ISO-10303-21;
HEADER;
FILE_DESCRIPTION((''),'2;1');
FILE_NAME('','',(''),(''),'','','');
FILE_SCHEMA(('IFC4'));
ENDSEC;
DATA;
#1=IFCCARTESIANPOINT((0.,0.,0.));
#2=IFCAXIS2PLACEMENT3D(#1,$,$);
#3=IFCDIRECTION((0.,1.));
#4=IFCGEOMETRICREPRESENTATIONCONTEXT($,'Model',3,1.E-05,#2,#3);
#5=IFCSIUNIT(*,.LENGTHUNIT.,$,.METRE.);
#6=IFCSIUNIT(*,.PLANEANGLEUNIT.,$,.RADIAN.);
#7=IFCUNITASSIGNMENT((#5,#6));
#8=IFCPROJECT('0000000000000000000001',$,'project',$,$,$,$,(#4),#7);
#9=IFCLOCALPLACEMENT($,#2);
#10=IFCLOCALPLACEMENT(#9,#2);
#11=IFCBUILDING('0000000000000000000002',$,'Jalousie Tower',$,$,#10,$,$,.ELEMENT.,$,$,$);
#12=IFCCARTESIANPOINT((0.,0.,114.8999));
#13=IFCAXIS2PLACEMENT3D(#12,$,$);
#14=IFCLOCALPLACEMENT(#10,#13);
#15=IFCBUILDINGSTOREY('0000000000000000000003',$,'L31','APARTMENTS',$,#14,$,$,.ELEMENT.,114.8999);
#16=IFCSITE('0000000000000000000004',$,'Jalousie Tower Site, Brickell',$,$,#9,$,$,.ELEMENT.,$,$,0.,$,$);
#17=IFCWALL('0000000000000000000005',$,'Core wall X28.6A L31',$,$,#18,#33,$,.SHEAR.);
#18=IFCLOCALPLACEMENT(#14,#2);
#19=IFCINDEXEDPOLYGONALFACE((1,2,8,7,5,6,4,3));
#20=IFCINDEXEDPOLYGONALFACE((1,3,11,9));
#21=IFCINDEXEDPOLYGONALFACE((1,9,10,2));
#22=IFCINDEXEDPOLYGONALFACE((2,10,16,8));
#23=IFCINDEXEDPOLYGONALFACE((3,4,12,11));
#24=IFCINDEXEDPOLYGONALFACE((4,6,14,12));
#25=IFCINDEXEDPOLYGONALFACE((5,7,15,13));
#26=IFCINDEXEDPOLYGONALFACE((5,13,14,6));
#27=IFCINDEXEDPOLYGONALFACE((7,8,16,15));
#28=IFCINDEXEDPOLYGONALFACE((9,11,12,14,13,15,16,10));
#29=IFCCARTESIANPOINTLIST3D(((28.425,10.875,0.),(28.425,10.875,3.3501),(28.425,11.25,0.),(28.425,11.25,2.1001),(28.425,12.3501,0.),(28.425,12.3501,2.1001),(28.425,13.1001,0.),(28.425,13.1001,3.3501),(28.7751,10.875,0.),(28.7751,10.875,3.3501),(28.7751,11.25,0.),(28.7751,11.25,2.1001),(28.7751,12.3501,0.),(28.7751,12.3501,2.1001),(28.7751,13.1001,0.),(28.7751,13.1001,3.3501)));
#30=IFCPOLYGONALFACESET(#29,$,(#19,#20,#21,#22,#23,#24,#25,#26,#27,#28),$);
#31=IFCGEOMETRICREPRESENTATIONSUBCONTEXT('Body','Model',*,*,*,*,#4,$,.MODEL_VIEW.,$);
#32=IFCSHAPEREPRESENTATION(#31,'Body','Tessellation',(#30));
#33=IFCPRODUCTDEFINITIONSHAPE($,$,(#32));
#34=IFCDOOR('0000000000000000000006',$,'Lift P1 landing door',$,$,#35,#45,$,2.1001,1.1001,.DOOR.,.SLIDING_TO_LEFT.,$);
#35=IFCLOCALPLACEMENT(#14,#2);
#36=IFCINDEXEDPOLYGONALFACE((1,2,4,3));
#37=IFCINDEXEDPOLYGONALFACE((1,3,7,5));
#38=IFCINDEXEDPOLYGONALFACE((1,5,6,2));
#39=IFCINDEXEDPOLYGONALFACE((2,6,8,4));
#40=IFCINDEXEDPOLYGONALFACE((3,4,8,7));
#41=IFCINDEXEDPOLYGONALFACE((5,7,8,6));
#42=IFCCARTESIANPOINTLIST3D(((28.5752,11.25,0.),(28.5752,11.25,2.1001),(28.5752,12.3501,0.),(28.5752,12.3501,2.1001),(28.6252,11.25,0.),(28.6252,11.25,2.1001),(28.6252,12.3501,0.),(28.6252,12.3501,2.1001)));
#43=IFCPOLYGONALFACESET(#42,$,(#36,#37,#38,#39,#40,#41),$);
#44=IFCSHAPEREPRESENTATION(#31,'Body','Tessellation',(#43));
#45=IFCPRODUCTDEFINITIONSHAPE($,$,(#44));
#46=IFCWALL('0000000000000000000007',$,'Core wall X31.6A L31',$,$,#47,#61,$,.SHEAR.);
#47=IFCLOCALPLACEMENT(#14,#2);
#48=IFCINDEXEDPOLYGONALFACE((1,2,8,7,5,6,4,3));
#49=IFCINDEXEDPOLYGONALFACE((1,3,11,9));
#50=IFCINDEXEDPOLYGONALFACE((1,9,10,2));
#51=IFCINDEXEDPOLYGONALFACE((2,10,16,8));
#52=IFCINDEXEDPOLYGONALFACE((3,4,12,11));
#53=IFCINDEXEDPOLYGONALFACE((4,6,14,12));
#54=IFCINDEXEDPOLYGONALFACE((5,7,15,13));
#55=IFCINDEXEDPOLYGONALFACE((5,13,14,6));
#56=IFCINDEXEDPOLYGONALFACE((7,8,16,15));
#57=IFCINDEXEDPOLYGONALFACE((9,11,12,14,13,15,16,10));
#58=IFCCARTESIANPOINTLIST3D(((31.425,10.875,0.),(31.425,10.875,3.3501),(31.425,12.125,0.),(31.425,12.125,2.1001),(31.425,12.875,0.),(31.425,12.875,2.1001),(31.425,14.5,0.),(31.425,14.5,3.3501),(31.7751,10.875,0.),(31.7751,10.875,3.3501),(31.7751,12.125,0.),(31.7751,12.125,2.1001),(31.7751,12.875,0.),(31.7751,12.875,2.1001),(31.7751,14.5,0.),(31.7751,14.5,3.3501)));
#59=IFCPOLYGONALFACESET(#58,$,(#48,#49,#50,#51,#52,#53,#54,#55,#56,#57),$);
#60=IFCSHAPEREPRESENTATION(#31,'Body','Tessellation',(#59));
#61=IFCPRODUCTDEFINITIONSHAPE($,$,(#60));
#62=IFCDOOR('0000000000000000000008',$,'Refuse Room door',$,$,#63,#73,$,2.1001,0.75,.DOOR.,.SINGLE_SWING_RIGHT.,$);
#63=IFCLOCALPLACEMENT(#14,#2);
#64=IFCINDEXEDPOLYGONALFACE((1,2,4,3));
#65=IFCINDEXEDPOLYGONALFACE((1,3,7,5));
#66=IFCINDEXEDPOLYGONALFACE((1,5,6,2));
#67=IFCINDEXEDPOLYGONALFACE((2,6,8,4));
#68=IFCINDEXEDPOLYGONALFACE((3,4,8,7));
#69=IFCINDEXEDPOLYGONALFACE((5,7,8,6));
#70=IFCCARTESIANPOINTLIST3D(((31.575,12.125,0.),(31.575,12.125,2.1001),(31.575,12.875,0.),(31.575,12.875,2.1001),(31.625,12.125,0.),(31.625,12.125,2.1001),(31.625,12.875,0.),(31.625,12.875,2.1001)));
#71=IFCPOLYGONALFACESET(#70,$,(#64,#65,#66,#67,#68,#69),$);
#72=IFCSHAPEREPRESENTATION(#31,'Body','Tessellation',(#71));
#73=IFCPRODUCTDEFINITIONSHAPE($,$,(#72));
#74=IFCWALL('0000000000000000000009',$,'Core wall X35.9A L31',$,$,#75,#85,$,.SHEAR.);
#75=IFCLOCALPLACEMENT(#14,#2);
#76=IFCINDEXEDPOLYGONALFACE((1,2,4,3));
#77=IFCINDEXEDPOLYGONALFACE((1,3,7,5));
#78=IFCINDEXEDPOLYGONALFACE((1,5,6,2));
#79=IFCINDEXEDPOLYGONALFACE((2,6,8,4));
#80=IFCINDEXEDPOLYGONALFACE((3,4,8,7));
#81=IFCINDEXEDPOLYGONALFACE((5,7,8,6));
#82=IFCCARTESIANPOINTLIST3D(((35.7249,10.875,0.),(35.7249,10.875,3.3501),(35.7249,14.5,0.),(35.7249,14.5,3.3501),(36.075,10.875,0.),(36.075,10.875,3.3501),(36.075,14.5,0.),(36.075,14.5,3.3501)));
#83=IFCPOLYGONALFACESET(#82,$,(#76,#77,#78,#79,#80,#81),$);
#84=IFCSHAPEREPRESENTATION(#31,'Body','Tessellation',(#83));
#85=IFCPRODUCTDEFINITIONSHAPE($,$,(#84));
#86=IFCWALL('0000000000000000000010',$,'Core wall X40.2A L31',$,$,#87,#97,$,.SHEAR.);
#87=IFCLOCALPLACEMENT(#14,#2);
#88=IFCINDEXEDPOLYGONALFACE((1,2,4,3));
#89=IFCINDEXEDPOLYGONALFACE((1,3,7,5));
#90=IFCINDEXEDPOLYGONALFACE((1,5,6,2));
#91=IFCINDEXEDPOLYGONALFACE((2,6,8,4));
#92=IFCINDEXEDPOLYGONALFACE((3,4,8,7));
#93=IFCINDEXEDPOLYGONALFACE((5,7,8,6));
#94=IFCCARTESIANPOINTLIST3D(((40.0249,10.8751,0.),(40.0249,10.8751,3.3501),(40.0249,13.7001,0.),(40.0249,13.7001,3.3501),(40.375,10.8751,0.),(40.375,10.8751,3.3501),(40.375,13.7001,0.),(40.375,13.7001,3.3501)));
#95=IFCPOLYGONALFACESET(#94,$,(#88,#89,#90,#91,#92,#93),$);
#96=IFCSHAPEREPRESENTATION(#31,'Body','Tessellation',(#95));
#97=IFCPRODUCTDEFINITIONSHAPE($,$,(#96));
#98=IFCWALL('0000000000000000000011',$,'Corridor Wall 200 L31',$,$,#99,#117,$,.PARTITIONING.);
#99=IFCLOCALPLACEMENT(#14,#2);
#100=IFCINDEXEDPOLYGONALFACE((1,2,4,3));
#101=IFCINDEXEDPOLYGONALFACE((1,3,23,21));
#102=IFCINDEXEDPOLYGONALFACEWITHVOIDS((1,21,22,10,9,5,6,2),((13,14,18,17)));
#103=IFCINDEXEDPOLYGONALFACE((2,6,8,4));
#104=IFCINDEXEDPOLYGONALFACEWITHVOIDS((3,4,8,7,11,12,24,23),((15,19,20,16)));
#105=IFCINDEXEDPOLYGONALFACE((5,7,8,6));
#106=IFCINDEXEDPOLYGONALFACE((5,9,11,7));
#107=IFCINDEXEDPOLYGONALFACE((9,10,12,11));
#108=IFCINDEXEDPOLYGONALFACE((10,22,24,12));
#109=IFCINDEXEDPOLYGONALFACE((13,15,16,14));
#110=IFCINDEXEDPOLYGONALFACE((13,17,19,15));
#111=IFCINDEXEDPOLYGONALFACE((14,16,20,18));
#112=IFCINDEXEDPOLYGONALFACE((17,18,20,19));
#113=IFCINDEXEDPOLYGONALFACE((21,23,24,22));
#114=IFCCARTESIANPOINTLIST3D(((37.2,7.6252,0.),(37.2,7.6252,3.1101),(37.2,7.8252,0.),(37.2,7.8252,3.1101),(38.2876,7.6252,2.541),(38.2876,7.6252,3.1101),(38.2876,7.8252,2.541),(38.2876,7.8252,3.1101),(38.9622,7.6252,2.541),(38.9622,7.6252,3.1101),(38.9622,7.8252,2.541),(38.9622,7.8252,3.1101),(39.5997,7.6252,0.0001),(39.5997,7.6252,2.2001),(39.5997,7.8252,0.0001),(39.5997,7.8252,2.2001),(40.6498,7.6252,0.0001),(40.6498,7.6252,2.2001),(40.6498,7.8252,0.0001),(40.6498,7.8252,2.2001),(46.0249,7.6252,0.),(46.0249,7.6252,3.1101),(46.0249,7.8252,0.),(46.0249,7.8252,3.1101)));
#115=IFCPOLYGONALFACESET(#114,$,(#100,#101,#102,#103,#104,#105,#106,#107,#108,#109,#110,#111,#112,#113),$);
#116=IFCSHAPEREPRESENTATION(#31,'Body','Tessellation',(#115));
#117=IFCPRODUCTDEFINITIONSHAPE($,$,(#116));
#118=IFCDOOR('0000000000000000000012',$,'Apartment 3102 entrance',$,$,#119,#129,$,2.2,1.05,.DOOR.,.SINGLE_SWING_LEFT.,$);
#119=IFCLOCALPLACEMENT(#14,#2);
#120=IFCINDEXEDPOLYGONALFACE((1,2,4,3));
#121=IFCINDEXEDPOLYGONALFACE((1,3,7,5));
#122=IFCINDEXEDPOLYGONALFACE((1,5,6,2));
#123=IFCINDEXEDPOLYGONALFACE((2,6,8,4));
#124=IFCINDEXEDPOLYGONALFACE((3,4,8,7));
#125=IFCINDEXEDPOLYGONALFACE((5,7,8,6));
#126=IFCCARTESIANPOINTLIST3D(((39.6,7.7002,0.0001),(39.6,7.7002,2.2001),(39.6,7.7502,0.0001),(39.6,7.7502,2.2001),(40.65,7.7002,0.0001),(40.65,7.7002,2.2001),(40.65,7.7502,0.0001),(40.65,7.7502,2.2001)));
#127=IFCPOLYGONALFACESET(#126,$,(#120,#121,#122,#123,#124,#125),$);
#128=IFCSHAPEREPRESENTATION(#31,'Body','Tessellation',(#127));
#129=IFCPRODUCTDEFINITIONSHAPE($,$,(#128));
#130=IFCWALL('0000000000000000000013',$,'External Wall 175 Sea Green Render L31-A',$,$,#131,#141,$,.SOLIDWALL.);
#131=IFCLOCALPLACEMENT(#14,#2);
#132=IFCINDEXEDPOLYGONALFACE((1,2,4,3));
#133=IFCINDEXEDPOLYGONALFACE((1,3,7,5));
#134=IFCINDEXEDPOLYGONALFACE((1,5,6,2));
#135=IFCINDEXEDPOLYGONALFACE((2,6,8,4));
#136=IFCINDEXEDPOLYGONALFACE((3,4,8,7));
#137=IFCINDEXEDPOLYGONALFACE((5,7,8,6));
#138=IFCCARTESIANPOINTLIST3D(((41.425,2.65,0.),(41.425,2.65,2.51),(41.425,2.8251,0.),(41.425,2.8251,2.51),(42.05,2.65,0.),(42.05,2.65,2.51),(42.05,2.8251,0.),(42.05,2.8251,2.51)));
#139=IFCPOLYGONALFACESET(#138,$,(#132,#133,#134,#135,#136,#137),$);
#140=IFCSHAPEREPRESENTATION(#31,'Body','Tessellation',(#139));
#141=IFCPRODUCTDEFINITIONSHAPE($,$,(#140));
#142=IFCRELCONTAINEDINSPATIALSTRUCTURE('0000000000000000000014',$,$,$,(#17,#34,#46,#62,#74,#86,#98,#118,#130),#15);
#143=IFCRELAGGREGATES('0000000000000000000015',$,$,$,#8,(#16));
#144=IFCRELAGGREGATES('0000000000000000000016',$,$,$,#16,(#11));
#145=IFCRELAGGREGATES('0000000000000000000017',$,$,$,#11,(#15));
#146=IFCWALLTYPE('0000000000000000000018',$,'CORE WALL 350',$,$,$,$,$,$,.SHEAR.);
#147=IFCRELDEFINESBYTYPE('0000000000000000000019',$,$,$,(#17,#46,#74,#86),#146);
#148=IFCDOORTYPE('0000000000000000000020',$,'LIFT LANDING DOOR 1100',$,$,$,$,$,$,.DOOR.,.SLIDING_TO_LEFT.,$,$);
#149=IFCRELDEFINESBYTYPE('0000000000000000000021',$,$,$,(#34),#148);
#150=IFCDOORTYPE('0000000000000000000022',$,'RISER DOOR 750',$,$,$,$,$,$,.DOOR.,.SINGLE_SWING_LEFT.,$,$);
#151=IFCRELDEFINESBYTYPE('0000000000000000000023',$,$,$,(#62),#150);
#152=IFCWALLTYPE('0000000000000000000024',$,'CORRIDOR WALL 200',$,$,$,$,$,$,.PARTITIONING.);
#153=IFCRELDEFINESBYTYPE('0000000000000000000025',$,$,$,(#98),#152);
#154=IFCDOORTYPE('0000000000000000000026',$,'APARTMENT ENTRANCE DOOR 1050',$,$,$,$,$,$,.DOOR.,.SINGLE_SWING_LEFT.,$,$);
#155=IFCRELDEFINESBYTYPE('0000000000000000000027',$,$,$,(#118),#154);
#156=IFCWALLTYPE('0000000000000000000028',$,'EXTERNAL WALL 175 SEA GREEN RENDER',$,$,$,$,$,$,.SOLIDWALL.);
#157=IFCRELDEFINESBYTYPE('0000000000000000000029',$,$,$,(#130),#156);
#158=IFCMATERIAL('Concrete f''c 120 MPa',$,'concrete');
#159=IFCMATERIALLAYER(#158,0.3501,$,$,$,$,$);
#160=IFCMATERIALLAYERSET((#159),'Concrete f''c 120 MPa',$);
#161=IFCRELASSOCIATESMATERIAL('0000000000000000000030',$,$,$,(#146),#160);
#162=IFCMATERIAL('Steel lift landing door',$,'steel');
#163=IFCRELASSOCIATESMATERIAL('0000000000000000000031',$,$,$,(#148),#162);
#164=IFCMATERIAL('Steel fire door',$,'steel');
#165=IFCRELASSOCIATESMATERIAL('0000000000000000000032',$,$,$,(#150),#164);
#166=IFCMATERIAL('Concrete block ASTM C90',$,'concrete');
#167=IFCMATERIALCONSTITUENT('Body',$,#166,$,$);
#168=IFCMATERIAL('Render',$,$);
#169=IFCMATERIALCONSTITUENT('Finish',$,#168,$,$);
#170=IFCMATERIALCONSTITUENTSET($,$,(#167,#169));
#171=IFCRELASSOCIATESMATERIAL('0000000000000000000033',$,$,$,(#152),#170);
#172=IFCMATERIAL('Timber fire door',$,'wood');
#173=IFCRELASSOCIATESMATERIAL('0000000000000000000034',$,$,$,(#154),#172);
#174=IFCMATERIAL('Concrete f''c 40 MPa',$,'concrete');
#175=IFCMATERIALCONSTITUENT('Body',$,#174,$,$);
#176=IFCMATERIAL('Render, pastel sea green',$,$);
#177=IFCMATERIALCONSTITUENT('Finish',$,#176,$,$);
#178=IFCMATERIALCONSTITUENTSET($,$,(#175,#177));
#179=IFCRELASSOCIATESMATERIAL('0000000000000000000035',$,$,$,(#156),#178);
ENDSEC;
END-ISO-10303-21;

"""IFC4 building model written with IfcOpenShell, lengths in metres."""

from ifc_helpers import new_model, si_unit, direction, frame, frame_2d, origin, place, context, subcontext, project, spatial, polyline, rectangle, outline, extrude, material, layer, layer_set, constituent, constituent_set, type_object, element, fill, save


model = new_model("IFC4")

# Units and contexts
model_context = context("Model", 3, precision=1e-05, world=origin(), true_north=direction((0.0, 1.0)))
body_context = subcontext(model_context, "Body", "Model", "MODEL_VIEW")
ifc_project = project(units=[si_unit("LENGTHUNIT", "METRE"), si_unit("PLANEANGLEUNIT", "RADIAN")], contexts=[model_context])

# Site, building, storey
site_placement = place(None, origin())
site = spatial("IfcSite", under=ifc_project, at=site_placement, Name="Jalousie Tower Site, Brickell", CompositionType="ELEMENT", RefElevation=0.0)
building_placement = place(site_placement, origin())
building = spatial("IfcBuilding", under=site, at=building_placement, Name="Jalousie Tower", CompositionType="ELEMENT")
storey_placement = place(building_placement, frame((0.0, 0.0, 114.8999)))
storey = spatial("IfcBuildingStorey", under=building, at=storey_placement, Name="L31", Description="APARTMENTS", CompositionType="ELEMENT", Elevation=114.8999)

# Walls, openings, doors
ifc_material_1 = material(Name="Concrete f'c 120 MPa", Category="concrete")
ifc_layer_1 = layer(ifc_material_1, 0.3501)
ifc_layer_set_1 = layer_set([ifc_layer_1], Name="Concrete f'c 120 MPa")
wall_type_1 = type_object("IfcWallType", Name="CORE WALL 350", PredefinedType="SHEAR", material=ifc_layer_set_1)
wall_1_placement = place(storey_placement, frame((28.6001, 10.875, 0.0), z_axis=(0.0, 0.0, 1.0), x_axis=(0.0, 1.0, 0.0)))
wall_1 = element("IfcWall", 1, at=wall_1_placement, inside=storey, type_object=wall_type_1, Name="Core wall X28.6A L31", PredefinedType="SHEAR", context=body_context, shape_type="SweptSolid", body=[
    extrude(rectangle(XDim=2.2251, YDim=0.3501, at=frame_2d((1.1125, 0.0))), origin(), (0.0, 0.0, 1.0), 3.3501),
])
opening_1_placement = place(wall_1_placement, frame((0.375, 0.0, 0.0)))
opening_1 = element("IfcOpeningElement", 2, at=opening_1_placement, cuts=wall_1, PredefinedType="OPENING", context=body_context, shape_type="SweptSolid", body=[
    extrude(rectangle(XDim=1.1001, YDim=2.1001, at=frame_2d((0.55, 1.05))), frame((0.0, 0.1851, 0.0), z_axis=(0.0, -1.0, 0.0), x_axis=(1.0, 0.0, 0.0)), (0.0, 0.0, 1.0), 0.3701),
])
ifc_material_2 = material(Name="Steel lift landing door", Category="steel")
door_type_1 = type_object("IfcDoorType", Name="LIFT LANDING DOOR 1100", OperationType="SLIDING_TO_LEFT", PredefinedType="DOOR", material=ifc_material_2)
door_1_placement = place(opening_1_placement, origin())
door_1 = element("IfcDoor", 3, at=door_1_placement, inside=storey, type_object=door_type_1, Name="Lift P1 landing door", OperationType="SLIDING_TO_LEFT", OverallHeight=2.1001, OverallWidth=1.1001, PredefinedType="DOOR", context=body_context, shape_type="SweptSolid", body=[
    extrude(rectangle(XDim=1.1001, YDim=2.1001, at=frame_2d((0.55, 1.05))), frame((0.0, 0.0249, 0.0), z_axis=(0.0, -1.0, 0.0), x_axis=(1.0, 0.0, 0.0)), (0.0, 0.0, 1.0), 0.05),
])
fill(opening_1, door_1)
wall_2_placement = place(storey_placement, frame((31.6001, 10.875, 0.0), z_axis=(0.0, 0.0, 1.0), x_axis=(0.0, 1.0, 0.0)))
wall_2 = element("IfcWall", 4, at=wall_2_placement, inside=storey, type_object=wall_type_1, Name="Core wall X31.6A L31", PredefinedType="SHEAR", context=body_context, shape_type="SweptSolid", body=[
    extrude(rectangle(XDim=3.625, YDim=0.3501, at=frame_2d((1.8125, 0.0))), origin(), (0.0, 0.0, 1.0), 3.3501),
])
opening_2_placement = place(wall_2_placement, frame((1.25, 0.0, 0.0)))
opening_2 = element("IfcOpeningElement", 5, at=opening_2_placement, cuts=wall_2, PredefinedType="OPENING", context=body_context, shape_type="SweptSolid", body=[
    extrude(rectangle(XDim=0.75, YDim=2.1001, at=frame_2d((0.375, 1.05))), frame((0.0, 0.1851, 0.0), z_axis=(0.0, -1.0, 0.0), x_axis=(1.0, 0.0, 0.0)), (0.0, 0.0, 1.0), 0.3701),
])
ifc_material_3 = material(Name="Steel fire door", Category="steel")
door_type_2 = type_object("IfcDoorType", Name="RISER DOOR 750", OperationType="SINGLE_SWING_LEFT", PredefinedType="DOOR", material=ifc_material_3)
door_2_placement = place(opening_2_placement, frame((0.75, 0.0, 0.0), z_axis=(0.0, 0.0, 1.0), x_axis=(-1.0, 0.0, 0.0)))
door_2 = element("IfcDoor", 6, at=door_2_placement, inside=storey, type_object=door_type_2, Name="Refuse Room door", OperationType="SINGLE_SWING_RIGHT", OverallHeight=2.1001, OverallWidth=0.75, PredefinedType="DOOR", context=body_context, shape_type="SweptSolid", body=[
    extrude(rectangle(XDim=0.75, YDim=2.1001, at=frame_2d((0.375, 1.05))), frame((0.0, 0.0249, 0.0), z_axis=(0.0, -1.0, 0.0), x_axis=(1.0, 0.0, 0.0)), (0.0, 0.0, 1.0), 0.05),
])
fill(opening_2, door_2)

# Walls
wall_3_placement = place(storey_placement, frame((35.8999, 10.875, 0.0), z_axis=(0.0, 0.0, 1.0), x_axis=(0.0, 1.0, 0.0)))
element("IfcWall", 7, at=wall_3_placement, inside=storey, type_object=wall_type_1, Name="Core wall X35.9A L31", PredefinedType="SHEAR", context=body_context, shape_type="SweptSolid", body=[
    extrude(rectangle(XDim=3.625, YDim=0.3501, at=frame_2d((1.8125, 0.0))), origin(), (0.0, 0.0, 1.0), 3.3501),
])
wall_4_placement = place(storey_placement, frame((40.2, 10.875, 0.0), z_axis=(0.0, 0.0, 1.0), x_axis=(0.0, 1.0, 0.0)))
element("IfcWall", 8, at=wall_4_placement, inside=storey, type_object=wall_type_1, Name="Core wall X40.2A L31", PredefinedType="SHEAR", context=body_context, shape_type="SweptSolid", body=[
    extrude(rectangle(XDim=2.825, YDim=0.3501, at=frame_2d((1.4126, 0.0))), origin(), (0.0, 0.0, 1.0), 3.3501),
])

# Wall, opening, door
ifc_material_4 = material(Name="Concrete block ASTM C90", Category="concrete")
ifc_constituent_1 = constituent(ifc_material_4, Name="Body")
ifc_material_5 = material(Name="Render")
ifc_constituent_2 = constituent(ifc_material_5, Name="Finish")
ifc_constituent_set_1 = constituent_set(constituents=[ifc_constituent_1, ifc_constituent_2])
wall_type_2 = type_object("IfcWallType", Name="CORRIDOR WALL 200", PredefinedType="PARTITIONING", material=ifc_constituent_set_1)
wall_5_placement = place(storey_placement, frame((37.2, 7.7251, 0.0), z_axis=(0.0, 0.0, 1.0), x_axis=(1.0, 0.0, 0.0)))
wall_5 = element("IfcWall", 9, at=wall_5_placement, inside=storey, type_object=wall_type_2, Name="Corridor Wall 200 L31", PredefinedType="PARTITIONING", context=body_context, shape_type="SweptSolid", body=[
    extrude(outline(polyline([(0.0, 0.0), (8.825, 0.0), (8.825, 3.1101), (1.7622, 3.1101), (1.7622, 2.541), (1.0876, 2.541), (1.0876, 3.1101), (0.0, 3.1101), (0.0, 0.0)])), frame((0.0, 0.1001, 0.0), z_axis=(0.0, -1.0, 0.0), x_axis=(1.0, 0.0, 0.0)), (0.0, 0.0, 1.0), 0.2),
])
opening_3_placement = place(wall_5_placement, frame((2.3999, 0.0, 0.0)))
opening_3 = element("IfcOpeningElement", 10, at=opening_3_placement, cuts=wall_5, PredefinedType="OPENING", context=body_context, shape_type="SweptSolid", body=[
    extrude(rectangle(XDim=1.05, YDim=2.2, at=frame_2d((0.5249, 1.1001))), frame((0.0, 0.1099, 0.0), z_axis=(0.0, -1.0, 0.0), x_axis=(1.0, 0.0, 0.0)), (0.0, 0.0, 1.0), 0.22),
])
ifc_material_6 = material(Name="Timber fire door", Category="wood")
door_type_3 = type_object("IfcDoorType", Name="APARTMENT ENTRANCE DOOR 1050", OperationType="SINGLE_SWING_LEFT", PredefinedType="DOOR", material=ifc_material_6)
door_3_placement = place(opening_3_placement, frame((1.05, 0.0, 0.0), z_axis=(0.0, 0.0, 1.0), x_axis=(-1.0, 0.0, 0.0)))
door_3 = element("IfcDoor", 11, at=door_3_placement, inside=storey, type_object=door_type_3, Name="Apartment 3102 entrance", OperationType="SINGLE_SWING_LEFT", OverallHeight=2.2, OverallWidth=1.05, PredefinedType="DOOR", context=body_context, shape_type="SweptSolid", body=[
    extrude(rectangle(XDim=1.05, YDim=2.2, at=frame_2d((0.5249, 1.1001))), frame((0.0, 0.0249, 0.0), z_axis=(0.0, -1.0, 0.0), x_axis=(1.0, 0.0, 0.0)), (0.0, 0.0, 1.0), 0.05),
])
fill(opening_3, door_3)

# Wall
ifc_material_7 = material(Name="Concrete f'c 40 MPa", Category="concrete")
ifc_constituent_3 = constituent(ifc_material_7, Name="Body")
ifc_material_8 = material(Name="Render, pastel sea green")
ifc_constituent_4 = constituent(ifc_material_8, Name="Finish")
ifc_constituent_set_2 = constituent_set(constituents=[ifc_constituent_3, ifc_constituent_4])
wall_type_3 = type_object("IfcWallType", Name="EXTERNAL WALL 175 SEA GREEN RENDER", PredefinedType="SOLIDWALL", material=ifc_constituent_set_2)
wall_6_placement = place(storey_placement, frame((41.425, 2.7375, 0.0), z_axis=(0.0, 0.0, 1.0), x_axis=(1.0, 0.0, 0.0)))
element("IfcWall", 12, at=wall_6_placement, inside=storey, type_object=wall_type_3, Name="External Wall 175 Sea Green Render L31-A", PredefinedType="SOLIDWALL", context=body_context, shape_type="SweptSolid", body=[
    extrude(rectangle(XDim=0.625, YDim=0.175, at=frame_2d((0.3125, 0.0))), origin(), (0.0, 0.0, 1.0), 2.51),
])

save(model, "model.ifc")
